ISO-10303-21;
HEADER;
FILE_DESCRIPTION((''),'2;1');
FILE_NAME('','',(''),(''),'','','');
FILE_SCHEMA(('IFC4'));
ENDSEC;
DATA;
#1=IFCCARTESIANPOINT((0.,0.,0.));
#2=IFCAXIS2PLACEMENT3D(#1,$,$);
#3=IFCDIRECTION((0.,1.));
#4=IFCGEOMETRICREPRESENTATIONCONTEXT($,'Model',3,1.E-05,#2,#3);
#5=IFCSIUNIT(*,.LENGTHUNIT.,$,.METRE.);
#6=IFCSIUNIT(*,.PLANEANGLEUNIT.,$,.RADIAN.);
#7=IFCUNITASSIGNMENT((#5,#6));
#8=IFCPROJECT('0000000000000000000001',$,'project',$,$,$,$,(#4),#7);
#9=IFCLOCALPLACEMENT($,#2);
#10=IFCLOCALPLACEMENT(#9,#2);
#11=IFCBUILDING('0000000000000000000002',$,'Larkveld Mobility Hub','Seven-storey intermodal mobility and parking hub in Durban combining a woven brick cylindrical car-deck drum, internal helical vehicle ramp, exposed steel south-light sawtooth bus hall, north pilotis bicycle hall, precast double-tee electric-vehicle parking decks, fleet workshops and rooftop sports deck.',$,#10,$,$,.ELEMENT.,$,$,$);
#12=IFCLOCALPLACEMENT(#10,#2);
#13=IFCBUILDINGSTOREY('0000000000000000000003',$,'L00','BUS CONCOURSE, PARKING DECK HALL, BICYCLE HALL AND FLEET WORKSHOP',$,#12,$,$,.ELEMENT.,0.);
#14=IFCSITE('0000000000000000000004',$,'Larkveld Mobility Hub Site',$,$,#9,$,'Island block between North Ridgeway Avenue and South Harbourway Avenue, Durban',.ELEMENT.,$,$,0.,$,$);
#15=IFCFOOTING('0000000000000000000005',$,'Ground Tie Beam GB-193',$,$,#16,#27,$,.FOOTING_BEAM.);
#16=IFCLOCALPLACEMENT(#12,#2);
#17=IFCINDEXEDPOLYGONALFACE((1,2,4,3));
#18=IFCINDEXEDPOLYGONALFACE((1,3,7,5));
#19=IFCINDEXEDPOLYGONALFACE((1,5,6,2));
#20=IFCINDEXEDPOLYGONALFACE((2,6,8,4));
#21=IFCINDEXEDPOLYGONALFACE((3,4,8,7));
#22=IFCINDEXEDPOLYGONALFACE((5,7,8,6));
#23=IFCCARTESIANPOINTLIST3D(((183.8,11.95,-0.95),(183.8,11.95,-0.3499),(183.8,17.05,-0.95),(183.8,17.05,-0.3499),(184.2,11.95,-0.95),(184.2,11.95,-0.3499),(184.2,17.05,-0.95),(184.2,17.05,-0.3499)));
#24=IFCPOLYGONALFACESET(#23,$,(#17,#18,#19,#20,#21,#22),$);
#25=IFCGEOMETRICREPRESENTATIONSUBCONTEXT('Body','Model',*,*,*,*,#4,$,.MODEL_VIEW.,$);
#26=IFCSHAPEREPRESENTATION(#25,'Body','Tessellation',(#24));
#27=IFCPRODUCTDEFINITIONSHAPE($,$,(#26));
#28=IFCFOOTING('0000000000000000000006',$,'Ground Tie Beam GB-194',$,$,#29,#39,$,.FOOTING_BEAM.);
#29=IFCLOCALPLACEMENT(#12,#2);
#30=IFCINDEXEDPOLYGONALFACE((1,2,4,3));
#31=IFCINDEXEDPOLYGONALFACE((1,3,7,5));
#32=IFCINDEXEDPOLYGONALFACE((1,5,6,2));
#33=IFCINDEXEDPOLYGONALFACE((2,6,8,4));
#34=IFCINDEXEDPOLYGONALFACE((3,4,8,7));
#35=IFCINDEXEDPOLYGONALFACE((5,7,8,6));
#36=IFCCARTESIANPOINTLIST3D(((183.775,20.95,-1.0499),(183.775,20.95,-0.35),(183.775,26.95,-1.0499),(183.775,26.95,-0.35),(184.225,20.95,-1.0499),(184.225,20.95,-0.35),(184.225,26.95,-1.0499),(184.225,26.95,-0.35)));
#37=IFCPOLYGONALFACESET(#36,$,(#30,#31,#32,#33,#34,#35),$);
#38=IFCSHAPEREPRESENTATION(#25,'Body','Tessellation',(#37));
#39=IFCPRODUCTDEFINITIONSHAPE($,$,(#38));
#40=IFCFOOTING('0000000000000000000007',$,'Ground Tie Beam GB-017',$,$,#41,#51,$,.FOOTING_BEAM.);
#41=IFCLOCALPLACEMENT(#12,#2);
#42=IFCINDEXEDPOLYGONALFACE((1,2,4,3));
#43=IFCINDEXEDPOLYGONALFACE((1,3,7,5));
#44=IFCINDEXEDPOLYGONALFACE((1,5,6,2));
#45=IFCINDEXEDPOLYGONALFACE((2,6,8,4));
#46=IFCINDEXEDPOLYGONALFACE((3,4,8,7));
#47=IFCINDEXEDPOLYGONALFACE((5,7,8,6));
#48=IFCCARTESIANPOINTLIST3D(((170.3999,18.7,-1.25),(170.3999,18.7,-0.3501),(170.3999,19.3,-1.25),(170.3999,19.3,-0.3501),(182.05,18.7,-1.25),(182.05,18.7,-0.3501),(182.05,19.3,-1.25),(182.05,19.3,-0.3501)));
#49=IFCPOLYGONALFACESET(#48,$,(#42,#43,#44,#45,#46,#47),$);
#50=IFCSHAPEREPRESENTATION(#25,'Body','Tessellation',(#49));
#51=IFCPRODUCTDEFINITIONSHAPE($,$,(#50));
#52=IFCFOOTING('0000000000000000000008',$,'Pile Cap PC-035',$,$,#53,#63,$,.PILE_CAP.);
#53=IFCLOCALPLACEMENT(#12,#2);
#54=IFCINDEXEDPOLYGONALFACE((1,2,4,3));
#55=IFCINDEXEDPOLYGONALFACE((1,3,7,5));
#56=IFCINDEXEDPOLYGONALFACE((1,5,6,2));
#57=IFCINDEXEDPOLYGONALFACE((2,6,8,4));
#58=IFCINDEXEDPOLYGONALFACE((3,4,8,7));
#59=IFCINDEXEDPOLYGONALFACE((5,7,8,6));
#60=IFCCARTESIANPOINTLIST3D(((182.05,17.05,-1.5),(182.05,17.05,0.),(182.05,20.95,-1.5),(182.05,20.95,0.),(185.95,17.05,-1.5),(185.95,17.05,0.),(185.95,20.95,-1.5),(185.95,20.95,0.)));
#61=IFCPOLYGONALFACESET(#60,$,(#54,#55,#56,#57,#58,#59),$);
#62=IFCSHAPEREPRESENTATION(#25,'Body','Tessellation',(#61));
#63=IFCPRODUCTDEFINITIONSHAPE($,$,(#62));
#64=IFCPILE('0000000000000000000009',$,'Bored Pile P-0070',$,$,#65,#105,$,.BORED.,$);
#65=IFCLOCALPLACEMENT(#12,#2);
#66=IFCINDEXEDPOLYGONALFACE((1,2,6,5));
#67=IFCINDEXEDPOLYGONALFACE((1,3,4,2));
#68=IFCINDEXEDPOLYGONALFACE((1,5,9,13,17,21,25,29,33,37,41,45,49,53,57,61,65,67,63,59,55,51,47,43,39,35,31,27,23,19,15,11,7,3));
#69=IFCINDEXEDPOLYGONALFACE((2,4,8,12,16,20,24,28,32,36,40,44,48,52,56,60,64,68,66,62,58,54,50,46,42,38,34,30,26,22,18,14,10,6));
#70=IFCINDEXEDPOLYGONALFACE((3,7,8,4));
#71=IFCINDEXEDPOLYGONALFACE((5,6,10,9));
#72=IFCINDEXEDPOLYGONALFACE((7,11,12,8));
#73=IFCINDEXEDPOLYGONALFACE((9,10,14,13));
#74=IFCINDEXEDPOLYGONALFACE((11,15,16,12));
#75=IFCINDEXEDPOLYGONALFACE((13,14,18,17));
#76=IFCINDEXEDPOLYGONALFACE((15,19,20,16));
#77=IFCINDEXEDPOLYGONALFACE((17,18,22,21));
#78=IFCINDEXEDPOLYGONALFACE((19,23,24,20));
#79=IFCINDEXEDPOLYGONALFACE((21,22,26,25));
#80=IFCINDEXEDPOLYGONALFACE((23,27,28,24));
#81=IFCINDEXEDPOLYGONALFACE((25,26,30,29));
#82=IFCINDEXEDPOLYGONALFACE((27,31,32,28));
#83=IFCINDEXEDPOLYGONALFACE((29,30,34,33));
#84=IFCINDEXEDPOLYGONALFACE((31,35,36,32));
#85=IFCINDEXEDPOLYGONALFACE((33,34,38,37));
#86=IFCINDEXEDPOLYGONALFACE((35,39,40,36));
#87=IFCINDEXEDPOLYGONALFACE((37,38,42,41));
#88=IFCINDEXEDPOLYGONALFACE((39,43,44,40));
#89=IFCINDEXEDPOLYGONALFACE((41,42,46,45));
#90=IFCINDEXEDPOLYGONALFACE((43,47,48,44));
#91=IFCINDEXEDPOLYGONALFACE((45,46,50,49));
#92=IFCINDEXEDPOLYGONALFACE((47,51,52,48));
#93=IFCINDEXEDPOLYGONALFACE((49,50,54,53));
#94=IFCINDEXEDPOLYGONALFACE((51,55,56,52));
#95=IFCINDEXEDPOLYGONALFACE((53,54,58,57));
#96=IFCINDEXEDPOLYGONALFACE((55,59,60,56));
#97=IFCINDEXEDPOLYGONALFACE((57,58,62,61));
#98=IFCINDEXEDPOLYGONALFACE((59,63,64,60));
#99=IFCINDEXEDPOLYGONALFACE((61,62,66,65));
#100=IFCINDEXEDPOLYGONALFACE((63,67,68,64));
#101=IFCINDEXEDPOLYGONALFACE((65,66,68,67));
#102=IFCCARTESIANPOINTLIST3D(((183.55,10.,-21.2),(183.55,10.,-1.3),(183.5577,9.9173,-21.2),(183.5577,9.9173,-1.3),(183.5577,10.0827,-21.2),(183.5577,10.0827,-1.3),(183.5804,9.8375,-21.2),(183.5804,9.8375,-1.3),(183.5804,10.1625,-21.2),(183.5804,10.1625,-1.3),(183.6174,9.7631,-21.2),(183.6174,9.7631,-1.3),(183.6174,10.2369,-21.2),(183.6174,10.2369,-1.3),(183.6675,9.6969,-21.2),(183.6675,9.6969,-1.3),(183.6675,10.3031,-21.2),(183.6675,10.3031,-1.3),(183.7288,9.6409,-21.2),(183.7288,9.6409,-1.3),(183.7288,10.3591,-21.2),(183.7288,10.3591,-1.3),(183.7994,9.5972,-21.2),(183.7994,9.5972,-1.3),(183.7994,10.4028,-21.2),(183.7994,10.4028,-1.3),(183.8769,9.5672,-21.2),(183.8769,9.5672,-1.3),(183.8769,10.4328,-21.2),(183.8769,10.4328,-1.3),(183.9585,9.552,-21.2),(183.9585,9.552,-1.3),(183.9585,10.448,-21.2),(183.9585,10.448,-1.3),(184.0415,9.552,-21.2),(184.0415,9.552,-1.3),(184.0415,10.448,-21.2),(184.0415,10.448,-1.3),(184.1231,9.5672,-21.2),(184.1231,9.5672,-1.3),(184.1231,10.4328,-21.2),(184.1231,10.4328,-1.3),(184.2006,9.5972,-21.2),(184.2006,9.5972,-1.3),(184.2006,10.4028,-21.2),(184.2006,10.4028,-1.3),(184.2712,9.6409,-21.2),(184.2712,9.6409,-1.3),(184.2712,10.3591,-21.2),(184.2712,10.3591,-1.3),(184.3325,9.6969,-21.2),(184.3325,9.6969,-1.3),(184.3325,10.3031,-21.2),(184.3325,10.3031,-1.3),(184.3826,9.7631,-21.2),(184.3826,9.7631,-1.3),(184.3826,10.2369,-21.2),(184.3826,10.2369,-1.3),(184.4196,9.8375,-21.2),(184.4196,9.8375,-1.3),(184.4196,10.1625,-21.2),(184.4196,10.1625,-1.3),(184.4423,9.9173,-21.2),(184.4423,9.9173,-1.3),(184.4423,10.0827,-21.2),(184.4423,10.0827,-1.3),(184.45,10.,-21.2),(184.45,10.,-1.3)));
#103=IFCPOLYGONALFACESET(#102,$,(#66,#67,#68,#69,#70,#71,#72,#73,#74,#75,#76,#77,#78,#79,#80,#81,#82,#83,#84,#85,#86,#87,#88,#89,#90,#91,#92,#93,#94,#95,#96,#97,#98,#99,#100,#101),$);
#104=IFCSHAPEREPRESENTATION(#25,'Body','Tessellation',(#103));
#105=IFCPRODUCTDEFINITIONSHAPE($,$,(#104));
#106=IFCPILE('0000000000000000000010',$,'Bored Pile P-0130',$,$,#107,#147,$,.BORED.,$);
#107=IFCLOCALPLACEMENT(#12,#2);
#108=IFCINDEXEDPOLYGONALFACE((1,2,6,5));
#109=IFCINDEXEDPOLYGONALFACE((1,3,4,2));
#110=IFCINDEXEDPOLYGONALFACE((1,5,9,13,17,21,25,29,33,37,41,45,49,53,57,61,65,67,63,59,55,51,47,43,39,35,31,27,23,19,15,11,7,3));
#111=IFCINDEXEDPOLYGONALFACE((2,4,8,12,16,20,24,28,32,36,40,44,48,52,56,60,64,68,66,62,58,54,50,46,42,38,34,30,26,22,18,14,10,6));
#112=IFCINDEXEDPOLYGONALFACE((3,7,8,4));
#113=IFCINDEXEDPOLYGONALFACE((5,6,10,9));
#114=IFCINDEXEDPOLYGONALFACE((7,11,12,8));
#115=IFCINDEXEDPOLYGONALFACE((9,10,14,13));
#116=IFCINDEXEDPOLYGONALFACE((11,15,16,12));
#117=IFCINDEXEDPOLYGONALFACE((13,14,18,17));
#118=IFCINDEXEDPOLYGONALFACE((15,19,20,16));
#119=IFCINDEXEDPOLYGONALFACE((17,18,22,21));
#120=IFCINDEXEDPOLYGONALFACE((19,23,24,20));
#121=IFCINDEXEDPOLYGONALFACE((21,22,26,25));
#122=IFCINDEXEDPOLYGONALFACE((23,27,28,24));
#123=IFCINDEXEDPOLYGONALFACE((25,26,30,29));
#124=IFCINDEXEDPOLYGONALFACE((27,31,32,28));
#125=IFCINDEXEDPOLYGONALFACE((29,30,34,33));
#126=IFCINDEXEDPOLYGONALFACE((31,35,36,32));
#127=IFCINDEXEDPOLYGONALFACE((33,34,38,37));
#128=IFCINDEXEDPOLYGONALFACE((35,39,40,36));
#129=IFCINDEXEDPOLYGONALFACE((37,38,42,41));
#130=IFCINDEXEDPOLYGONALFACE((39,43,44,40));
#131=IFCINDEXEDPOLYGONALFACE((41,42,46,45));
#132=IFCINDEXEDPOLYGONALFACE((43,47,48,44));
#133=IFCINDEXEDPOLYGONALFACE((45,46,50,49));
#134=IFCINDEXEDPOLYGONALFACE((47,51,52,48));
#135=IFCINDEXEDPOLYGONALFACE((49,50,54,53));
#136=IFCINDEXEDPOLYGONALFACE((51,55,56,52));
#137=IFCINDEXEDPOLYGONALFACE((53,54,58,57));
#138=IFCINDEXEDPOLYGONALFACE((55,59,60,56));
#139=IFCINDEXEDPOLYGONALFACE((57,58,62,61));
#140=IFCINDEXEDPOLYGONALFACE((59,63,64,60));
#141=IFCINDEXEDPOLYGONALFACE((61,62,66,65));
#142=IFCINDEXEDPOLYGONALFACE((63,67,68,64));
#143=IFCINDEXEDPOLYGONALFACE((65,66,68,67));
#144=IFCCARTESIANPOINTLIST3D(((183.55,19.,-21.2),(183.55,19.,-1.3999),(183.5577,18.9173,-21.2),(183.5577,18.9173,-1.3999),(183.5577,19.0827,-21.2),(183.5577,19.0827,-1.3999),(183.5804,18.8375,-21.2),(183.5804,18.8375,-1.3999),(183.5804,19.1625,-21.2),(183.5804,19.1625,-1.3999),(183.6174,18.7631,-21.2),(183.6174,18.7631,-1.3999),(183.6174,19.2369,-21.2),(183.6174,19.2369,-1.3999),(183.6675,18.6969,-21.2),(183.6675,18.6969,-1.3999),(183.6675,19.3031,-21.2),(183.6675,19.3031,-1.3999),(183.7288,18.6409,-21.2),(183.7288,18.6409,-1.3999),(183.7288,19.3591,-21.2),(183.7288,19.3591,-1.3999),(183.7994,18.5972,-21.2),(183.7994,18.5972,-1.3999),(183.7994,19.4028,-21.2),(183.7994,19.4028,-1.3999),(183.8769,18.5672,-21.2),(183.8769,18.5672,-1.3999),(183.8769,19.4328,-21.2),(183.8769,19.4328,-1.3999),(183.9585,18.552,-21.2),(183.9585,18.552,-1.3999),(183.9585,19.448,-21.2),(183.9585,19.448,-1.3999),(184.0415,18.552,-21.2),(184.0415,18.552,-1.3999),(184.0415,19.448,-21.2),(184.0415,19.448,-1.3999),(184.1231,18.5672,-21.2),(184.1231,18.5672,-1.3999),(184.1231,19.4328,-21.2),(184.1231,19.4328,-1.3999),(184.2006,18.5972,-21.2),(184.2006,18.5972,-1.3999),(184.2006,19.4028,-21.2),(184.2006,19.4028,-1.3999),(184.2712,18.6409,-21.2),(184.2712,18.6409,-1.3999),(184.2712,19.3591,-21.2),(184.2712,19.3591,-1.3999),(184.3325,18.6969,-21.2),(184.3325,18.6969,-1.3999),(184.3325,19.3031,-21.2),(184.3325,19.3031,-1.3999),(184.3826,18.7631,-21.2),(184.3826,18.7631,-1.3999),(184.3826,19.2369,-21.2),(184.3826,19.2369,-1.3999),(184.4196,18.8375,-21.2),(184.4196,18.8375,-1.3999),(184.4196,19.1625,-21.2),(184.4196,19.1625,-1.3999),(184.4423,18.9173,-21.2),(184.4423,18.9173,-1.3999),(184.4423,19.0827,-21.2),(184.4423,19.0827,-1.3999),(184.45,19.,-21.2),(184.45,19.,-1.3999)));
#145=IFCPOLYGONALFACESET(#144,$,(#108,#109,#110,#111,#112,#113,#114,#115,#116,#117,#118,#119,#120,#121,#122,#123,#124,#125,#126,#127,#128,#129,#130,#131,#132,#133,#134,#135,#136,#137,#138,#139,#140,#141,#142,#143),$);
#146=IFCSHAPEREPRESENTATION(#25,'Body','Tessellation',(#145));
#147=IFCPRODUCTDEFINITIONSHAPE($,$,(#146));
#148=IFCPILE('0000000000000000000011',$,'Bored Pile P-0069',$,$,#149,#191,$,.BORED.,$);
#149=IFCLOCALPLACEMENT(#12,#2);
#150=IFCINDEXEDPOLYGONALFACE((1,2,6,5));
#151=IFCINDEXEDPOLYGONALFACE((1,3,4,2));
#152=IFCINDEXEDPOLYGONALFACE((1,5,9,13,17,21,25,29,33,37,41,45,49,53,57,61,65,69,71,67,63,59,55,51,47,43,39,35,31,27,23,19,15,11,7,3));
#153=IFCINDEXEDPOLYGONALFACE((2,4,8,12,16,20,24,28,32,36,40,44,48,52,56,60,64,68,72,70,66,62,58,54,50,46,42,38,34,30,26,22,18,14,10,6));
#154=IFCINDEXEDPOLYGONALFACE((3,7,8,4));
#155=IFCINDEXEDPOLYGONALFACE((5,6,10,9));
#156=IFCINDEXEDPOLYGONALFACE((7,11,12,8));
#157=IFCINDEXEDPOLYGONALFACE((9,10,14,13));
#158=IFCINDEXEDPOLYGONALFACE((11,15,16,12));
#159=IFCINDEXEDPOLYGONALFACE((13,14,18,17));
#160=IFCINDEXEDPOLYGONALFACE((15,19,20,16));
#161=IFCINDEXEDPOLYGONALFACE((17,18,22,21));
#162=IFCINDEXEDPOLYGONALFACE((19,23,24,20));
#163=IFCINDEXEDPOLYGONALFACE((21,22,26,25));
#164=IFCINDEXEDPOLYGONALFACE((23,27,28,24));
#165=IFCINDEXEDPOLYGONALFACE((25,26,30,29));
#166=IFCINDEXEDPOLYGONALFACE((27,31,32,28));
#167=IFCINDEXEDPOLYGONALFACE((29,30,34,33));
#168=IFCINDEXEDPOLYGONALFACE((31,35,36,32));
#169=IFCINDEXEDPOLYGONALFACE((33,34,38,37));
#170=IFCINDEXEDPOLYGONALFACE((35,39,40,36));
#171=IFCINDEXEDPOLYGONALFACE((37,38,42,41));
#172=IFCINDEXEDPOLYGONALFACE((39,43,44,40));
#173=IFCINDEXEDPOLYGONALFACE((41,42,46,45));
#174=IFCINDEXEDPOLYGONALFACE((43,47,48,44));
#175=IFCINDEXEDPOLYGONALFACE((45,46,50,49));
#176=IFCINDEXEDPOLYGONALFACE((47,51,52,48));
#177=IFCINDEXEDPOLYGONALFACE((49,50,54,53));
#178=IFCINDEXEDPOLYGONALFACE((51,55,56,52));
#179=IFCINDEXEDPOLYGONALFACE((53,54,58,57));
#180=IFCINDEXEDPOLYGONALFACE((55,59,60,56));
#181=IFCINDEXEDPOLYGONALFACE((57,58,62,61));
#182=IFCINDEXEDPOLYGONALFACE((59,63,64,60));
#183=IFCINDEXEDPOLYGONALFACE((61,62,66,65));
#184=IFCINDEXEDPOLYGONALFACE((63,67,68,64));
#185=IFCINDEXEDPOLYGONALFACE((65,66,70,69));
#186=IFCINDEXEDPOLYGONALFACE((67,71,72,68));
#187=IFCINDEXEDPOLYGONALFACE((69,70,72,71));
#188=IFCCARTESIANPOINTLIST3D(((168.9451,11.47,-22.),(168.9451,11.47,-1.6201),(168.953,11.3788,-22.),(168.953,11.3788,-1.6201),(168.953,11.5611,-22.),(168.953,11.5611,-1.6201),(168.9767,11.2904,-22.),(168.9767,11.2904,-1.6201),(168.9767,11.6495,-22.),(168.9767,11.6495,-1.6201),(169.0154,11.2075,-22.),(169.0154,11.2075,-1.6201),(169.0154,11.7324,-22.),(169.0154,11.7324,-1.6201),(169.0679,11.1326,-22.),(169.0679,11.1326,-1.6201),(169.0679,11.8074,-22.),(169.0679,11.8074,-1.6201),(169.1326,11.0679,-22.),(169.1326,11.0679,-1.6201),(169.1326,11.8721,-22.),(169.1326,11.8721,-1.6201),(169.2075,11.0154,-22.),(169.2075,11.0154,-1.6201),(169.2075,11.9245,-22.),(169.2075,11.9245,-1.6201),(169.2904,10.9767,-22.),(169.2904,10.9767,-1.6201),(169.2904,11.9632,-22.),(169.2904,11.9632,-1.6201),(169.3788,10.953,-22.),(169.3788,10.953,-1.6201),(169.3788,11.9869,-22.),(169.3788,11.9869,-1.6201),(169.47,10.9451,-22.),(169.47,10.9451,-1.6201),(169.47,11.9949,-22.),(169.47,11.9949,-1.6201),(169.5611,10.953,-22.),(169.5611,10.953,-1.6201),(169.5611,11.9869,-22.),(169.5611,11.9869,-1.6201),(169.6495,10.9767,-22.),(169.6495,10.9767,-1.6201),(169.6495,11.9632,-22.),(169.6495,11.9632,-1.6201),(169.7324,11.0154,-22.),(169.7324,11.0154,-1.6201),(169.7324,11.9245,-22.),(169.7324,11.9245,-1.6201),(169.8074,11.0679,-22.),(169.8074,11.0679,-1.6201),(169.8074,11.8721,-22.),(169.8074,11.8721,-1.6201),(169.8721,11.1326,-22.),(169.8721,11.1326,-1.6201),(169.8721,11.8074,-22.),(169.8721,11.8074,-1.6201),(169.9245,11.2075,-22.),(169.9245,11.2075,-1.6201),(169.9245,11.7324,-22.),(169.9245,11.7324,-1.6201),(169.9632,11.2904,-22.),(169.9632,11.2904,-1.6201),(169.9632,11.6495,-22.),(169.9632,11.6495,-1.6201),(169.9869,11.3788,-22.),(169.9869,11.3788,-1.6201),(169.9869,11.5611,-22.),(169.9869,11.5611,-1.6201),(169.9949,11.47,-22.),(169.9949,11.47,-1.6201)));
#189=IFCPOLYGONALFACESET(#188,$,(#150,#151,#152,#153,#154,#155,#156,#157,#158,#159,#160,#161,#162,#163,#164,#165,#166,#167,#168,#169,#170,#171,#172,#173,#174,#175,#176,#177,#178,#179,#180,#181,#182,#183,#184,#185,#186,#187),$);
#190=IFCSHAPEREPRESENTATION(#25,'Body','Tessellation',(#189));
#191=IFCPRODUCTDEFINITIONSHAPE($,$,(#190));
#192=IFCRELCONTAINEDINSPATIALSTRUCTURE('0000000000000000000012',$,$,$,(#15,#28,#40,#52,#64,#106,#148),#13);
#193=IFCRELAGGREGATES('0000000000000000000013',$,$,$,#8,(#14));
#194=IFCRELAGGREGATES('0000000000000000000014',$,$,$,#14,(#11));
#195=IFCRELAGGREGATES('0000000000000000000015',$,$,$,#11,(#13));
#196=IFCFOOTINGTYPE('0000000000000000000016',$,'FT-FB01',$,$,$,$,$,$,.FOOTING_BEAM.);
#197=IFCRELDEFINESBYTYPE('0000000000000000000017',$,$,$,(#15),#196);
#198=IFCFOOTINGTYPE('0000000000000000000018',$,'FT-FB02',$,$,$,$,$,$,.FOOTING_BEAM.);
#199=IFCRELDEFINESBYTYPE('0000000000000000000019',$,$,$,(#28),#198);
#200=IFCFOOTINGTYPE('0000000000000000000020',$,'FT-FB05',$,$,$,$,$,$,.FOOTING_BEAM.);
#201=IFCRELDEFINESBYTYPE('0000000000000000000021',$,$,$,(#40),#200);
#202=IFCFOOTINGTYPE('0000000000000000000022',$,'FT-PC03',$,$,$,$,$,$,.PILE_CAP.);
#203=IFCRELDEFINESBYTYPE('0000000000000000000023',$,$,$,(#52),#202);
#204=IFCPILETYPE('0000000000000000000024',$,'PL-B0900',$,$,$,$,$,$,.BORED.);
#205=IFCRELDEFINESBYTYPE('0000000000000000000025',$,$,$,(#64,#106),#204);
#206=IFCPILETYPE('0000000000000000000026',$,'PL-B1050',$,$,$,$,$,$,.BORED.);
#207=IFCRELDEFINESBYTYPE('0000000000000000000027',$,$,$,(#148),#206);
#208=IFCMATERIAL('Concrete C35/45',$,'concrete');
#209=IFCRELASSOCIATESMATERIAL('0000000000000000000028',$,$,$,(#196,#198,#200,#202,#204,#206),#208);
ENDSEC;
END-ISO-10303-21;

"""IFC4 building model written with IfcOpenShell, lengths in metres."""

from ifc_helpers import new_model, si_unit, direction, frame, origin, origin_2d, place, context, subcontext, project, spatial, rectangle, circle, extrude, material, material_profile, profile_set, type_object, element, save


model = new_model("IFC4")

# Units and contexts
model_context = context("Model", 3, precision=1e-05, world=origin(), true_north=direction((0.0, 1.0)))
body_context = subcontext(model_context, "Body", "Model", "MODEL_VIEW")
ifc_project = project(units=[si_unit("LENGTHUNIT", "METRE"), si_unit("PLANEANGLEUNIT", "RADIAN")], contexts=[model_context])

# Site, building, storey
site_placement = place(None, origin())
site = spatial("IfcSite", under=ifc_project, at=site_placement, Name="Larkveld Mobility Hub Site", LongName="Island block between North Ridgeway Avenue and South Harbourway Avenue, Durban", CompositionType="ELEMENT", RefElevation=0.0)
building_placement = place(site_placement, origin())
building = spatial("IfcBuilding", under=site, at=building_placement, Name="Larkveld Mobility Hub", Description="Seven-storey intermodal mobility and parking hub in Durban combining a woven brick cylindrical car-deck drum, internal helical vehicle ramp, exposed steel south-light sawtooth bus hall, north pilotis bicycle hall, precast double-tee electric-vehicle parking decks, fleet workshops and rooftop sports deck.", CompositionType="ELEMENT")
storey_placement = place(building_placement, origin())
storey = spatial("IfcBuildingStorey", under=building, at=storey_placement, Name="L00", Description="BUS CONCOURSE, PARKING DECK HALL, BICYCLE HALL AND FLEET WORKSHOP", CompositionType="ELEMENT", Elevation=0.0)

# Footings
ifc_material_1 = material(Name="Concrete C35/45", Category="concrete")
ifc_material_profile_1 = material_profile(ifc_material_1, rectangle(XDim=0.3999, YDim=0.6001, at=origin_2d()), Name="RC BM 400x600")
ifc_profile_set_1 = profile_set([ifc_material_profile_1], Name="Concrete C35/45")
footing_type_1 = type_object("IfcFootingType", Name="FT-FB01", PredefinedType="FOOTING_BEAM", material=ifc_profile_set_1)
footing_1_placement = place(storey_placement, frame((184.0, 11.95, -0.6499), z_axis=(0.0, 1.0, 0.0), x_axis=(-1.0, 0.0, 0.0)))
element("IfcFooting", 1, at=footing_1_placement, inside=storey, type_object=footing_type_1, Name="Ground Tie Beam GB-193", PredefinedType="FOOTING_BEAM", context=body_context, shape_type="SweptSolid", body=[
    extrude(rectangle(XDim=0.3999, YDim=0.6001, at=origin_2d()), origin(), (0.0, 0.0, 1.0), 5.1001),
])
ifc_material_profile_2 = material_profile(ifc_material_1, rectangle(XDim=0.45, YDim=0.7, at=origin_2d()), Name="RC BM 450x700")
ifc_profile_set_2 = profile_set([ifc_material_profile_2], Name="Concrete C35/45")
footing_type_2 = type_object("IfcFootingType", Name="FT-FB02", PredefinedType="FOOTING_BEAM", material=ifc_profile_set_2)
footing_2_placement = place(storey_placement, frame((184.0, 20.95, -0.7), z_axis=(0.0, 1.0, 0.0), x_axis=(-1.0, 0.0, 0.0)))
element("IfcFooting", 2, at=footing_2_placement, inside=storey, type_object=footing_type_2, Name="Ground Tie Beam GB-194", PredefinedType="FOOTING_BEAM", context=body_context, shape_type="SweptSolid", body=[
    extrude(rectangle(XDim=0.45, YDim=0.7, at=origin_2d()), origin(), (0.0, 0.0, 1.0), 6.0),
])
ifc_material_profile_3 = material_profile(ifc_material_1, rectangle(XDim=0.6001, YDim=0.8999, at=origin_2d()), Name="RC BM 600x900")
ifc_profile_set_3 = profile_set([ifc_material_profile_3], Name="Concrete C35/45")
footing_type_3 = type_object("IfcFootingType", Name="FT-FB05", PredefinedType="FOOTING_BEAM", material=ifc_profile_set_3)
footing_3_placement = place(storey_placement, frame((170.3999, 19.0, -0.8), z_axis=(1.0, 0.0, 0.0), x_axis=(0.0, 1.0, 0.0)))
element("IfcFooting", 3, at=footing_3_placement, inside=storey, type_object=footing_type_3, Name="Ground Tie Beam GB-017", PredefinedType="FOOTING_BEAM", context=body_context, shape_type="SweptSolid", body=[
    extrude(rectangle(XDim=0.6001, YDim=0.8999, at=origin_2d()), origin(), (0.0, 0.0, 1.0), 11.6501),
])
footing_type_4 = type_object("IfcFootingType", Name="FT-PC03", PredefinedType="PILE_CAP", material=ifc_material_1)
footing_4_placement = place(storey_placement, frame((184.0, 19.0, -1.5), z_axis=(0.0, 0.0, 1.0), x_axis=(1.0, 0.0, 0.0)))
element("IfcFooting", 4, at=footing_4_placement, inside=storey, type_object=footing_type_4, Name="Pile Cap PC-035", PredefinedType="PILE_CAP", context=body_context, shape_type="SweptSolid", body=[
    extrude(rectangle(XDim=3.8999, YDim=3.8999, at=origin_2d()), origin(), (0.0, 0.0, 1.0), 1.5),
])

# Piles
ifc_material_profile_4 = material_profile(ifc_material_1, circle(Radius=0.45, at=origin_2d()), Name="PILE D900")
ifc_profile_set_4 = profile_set([ifc_material_profile_4], Name="Concrete C35/45")
pile_type_1 = type_object("IfcPileType", Name="PL-B0900", PredefinedType="BORED", material=ifc_profile_set_4)
pile_1_placement = place(storey_placement, frame((184.0, 10.0, -1.3), z_axis=(0.0, 0.0, -1.0), x_axis=(1.0, 0.0, 0.0)))
element("IfcPile", 5, at=pile_1_placement, inside=storey, type_object=pile_type_1, Name="Bored Pile P-0070", PredefinedType="BORED", context=body_context, shape_type="SweptSolid", body=[
    extrude(circle(Radius=0.45, at=origin_2d()), origin(), (0.0, 0.0, 1.0), 19.8999),
])
pile_2_placement = place(storey_placement, frame((184.0, 19.0, -1.3999), z_axis=(0.0, 0.0, -1.0), x_axis=(1.0, 0.0, 0.0)))
element("IfcPile", 6, at=pile_2_placement, inside=storey, type_object=pile_type_1, Name="Bored Pile P-0130", PredefinedType="BORED", context=body_context, shape_type="SweptSolid", body=[
    extrude(circle(Radius=0.45, at=origin_2d()), origin(), (0.0, 0.0, 1.0), 19.8),
])
ifc_material_profile_5 = material_profile(ifc_material_1, circle(Radius=0.5249, at=origin_2d()), Name="PILE D1050")
ifc_profile_set_5 = profile_set([ifc_material_profile_5], Name="Concrete C35/45")
pile_type_2 = type_object("IfcPileType", Name="PL-B1050", PredefinedType="BORED", material=ifc_profile_set_5)
pile_3_placement = place(storey_placement, frame((169.47, 11.47, -1.6201), z_axis=(0.0, 0.0, -1.0), x_axis=(1.0, 0.0, 0.0)))
element("IfcPile", 7, at=pile_3_placement, inside=storey, type_object=pile_type_2, Name="Bored Pile P-0069", PredefinedType="BORED", context=body_context, shape_type="SweptSolid", body=[
    extrude(circle(Radius=0.5249, at=origin_2d()), origin(), (0.0, 0.0, 1.0), 20.3799),
])

save(model, "model.ifc")
